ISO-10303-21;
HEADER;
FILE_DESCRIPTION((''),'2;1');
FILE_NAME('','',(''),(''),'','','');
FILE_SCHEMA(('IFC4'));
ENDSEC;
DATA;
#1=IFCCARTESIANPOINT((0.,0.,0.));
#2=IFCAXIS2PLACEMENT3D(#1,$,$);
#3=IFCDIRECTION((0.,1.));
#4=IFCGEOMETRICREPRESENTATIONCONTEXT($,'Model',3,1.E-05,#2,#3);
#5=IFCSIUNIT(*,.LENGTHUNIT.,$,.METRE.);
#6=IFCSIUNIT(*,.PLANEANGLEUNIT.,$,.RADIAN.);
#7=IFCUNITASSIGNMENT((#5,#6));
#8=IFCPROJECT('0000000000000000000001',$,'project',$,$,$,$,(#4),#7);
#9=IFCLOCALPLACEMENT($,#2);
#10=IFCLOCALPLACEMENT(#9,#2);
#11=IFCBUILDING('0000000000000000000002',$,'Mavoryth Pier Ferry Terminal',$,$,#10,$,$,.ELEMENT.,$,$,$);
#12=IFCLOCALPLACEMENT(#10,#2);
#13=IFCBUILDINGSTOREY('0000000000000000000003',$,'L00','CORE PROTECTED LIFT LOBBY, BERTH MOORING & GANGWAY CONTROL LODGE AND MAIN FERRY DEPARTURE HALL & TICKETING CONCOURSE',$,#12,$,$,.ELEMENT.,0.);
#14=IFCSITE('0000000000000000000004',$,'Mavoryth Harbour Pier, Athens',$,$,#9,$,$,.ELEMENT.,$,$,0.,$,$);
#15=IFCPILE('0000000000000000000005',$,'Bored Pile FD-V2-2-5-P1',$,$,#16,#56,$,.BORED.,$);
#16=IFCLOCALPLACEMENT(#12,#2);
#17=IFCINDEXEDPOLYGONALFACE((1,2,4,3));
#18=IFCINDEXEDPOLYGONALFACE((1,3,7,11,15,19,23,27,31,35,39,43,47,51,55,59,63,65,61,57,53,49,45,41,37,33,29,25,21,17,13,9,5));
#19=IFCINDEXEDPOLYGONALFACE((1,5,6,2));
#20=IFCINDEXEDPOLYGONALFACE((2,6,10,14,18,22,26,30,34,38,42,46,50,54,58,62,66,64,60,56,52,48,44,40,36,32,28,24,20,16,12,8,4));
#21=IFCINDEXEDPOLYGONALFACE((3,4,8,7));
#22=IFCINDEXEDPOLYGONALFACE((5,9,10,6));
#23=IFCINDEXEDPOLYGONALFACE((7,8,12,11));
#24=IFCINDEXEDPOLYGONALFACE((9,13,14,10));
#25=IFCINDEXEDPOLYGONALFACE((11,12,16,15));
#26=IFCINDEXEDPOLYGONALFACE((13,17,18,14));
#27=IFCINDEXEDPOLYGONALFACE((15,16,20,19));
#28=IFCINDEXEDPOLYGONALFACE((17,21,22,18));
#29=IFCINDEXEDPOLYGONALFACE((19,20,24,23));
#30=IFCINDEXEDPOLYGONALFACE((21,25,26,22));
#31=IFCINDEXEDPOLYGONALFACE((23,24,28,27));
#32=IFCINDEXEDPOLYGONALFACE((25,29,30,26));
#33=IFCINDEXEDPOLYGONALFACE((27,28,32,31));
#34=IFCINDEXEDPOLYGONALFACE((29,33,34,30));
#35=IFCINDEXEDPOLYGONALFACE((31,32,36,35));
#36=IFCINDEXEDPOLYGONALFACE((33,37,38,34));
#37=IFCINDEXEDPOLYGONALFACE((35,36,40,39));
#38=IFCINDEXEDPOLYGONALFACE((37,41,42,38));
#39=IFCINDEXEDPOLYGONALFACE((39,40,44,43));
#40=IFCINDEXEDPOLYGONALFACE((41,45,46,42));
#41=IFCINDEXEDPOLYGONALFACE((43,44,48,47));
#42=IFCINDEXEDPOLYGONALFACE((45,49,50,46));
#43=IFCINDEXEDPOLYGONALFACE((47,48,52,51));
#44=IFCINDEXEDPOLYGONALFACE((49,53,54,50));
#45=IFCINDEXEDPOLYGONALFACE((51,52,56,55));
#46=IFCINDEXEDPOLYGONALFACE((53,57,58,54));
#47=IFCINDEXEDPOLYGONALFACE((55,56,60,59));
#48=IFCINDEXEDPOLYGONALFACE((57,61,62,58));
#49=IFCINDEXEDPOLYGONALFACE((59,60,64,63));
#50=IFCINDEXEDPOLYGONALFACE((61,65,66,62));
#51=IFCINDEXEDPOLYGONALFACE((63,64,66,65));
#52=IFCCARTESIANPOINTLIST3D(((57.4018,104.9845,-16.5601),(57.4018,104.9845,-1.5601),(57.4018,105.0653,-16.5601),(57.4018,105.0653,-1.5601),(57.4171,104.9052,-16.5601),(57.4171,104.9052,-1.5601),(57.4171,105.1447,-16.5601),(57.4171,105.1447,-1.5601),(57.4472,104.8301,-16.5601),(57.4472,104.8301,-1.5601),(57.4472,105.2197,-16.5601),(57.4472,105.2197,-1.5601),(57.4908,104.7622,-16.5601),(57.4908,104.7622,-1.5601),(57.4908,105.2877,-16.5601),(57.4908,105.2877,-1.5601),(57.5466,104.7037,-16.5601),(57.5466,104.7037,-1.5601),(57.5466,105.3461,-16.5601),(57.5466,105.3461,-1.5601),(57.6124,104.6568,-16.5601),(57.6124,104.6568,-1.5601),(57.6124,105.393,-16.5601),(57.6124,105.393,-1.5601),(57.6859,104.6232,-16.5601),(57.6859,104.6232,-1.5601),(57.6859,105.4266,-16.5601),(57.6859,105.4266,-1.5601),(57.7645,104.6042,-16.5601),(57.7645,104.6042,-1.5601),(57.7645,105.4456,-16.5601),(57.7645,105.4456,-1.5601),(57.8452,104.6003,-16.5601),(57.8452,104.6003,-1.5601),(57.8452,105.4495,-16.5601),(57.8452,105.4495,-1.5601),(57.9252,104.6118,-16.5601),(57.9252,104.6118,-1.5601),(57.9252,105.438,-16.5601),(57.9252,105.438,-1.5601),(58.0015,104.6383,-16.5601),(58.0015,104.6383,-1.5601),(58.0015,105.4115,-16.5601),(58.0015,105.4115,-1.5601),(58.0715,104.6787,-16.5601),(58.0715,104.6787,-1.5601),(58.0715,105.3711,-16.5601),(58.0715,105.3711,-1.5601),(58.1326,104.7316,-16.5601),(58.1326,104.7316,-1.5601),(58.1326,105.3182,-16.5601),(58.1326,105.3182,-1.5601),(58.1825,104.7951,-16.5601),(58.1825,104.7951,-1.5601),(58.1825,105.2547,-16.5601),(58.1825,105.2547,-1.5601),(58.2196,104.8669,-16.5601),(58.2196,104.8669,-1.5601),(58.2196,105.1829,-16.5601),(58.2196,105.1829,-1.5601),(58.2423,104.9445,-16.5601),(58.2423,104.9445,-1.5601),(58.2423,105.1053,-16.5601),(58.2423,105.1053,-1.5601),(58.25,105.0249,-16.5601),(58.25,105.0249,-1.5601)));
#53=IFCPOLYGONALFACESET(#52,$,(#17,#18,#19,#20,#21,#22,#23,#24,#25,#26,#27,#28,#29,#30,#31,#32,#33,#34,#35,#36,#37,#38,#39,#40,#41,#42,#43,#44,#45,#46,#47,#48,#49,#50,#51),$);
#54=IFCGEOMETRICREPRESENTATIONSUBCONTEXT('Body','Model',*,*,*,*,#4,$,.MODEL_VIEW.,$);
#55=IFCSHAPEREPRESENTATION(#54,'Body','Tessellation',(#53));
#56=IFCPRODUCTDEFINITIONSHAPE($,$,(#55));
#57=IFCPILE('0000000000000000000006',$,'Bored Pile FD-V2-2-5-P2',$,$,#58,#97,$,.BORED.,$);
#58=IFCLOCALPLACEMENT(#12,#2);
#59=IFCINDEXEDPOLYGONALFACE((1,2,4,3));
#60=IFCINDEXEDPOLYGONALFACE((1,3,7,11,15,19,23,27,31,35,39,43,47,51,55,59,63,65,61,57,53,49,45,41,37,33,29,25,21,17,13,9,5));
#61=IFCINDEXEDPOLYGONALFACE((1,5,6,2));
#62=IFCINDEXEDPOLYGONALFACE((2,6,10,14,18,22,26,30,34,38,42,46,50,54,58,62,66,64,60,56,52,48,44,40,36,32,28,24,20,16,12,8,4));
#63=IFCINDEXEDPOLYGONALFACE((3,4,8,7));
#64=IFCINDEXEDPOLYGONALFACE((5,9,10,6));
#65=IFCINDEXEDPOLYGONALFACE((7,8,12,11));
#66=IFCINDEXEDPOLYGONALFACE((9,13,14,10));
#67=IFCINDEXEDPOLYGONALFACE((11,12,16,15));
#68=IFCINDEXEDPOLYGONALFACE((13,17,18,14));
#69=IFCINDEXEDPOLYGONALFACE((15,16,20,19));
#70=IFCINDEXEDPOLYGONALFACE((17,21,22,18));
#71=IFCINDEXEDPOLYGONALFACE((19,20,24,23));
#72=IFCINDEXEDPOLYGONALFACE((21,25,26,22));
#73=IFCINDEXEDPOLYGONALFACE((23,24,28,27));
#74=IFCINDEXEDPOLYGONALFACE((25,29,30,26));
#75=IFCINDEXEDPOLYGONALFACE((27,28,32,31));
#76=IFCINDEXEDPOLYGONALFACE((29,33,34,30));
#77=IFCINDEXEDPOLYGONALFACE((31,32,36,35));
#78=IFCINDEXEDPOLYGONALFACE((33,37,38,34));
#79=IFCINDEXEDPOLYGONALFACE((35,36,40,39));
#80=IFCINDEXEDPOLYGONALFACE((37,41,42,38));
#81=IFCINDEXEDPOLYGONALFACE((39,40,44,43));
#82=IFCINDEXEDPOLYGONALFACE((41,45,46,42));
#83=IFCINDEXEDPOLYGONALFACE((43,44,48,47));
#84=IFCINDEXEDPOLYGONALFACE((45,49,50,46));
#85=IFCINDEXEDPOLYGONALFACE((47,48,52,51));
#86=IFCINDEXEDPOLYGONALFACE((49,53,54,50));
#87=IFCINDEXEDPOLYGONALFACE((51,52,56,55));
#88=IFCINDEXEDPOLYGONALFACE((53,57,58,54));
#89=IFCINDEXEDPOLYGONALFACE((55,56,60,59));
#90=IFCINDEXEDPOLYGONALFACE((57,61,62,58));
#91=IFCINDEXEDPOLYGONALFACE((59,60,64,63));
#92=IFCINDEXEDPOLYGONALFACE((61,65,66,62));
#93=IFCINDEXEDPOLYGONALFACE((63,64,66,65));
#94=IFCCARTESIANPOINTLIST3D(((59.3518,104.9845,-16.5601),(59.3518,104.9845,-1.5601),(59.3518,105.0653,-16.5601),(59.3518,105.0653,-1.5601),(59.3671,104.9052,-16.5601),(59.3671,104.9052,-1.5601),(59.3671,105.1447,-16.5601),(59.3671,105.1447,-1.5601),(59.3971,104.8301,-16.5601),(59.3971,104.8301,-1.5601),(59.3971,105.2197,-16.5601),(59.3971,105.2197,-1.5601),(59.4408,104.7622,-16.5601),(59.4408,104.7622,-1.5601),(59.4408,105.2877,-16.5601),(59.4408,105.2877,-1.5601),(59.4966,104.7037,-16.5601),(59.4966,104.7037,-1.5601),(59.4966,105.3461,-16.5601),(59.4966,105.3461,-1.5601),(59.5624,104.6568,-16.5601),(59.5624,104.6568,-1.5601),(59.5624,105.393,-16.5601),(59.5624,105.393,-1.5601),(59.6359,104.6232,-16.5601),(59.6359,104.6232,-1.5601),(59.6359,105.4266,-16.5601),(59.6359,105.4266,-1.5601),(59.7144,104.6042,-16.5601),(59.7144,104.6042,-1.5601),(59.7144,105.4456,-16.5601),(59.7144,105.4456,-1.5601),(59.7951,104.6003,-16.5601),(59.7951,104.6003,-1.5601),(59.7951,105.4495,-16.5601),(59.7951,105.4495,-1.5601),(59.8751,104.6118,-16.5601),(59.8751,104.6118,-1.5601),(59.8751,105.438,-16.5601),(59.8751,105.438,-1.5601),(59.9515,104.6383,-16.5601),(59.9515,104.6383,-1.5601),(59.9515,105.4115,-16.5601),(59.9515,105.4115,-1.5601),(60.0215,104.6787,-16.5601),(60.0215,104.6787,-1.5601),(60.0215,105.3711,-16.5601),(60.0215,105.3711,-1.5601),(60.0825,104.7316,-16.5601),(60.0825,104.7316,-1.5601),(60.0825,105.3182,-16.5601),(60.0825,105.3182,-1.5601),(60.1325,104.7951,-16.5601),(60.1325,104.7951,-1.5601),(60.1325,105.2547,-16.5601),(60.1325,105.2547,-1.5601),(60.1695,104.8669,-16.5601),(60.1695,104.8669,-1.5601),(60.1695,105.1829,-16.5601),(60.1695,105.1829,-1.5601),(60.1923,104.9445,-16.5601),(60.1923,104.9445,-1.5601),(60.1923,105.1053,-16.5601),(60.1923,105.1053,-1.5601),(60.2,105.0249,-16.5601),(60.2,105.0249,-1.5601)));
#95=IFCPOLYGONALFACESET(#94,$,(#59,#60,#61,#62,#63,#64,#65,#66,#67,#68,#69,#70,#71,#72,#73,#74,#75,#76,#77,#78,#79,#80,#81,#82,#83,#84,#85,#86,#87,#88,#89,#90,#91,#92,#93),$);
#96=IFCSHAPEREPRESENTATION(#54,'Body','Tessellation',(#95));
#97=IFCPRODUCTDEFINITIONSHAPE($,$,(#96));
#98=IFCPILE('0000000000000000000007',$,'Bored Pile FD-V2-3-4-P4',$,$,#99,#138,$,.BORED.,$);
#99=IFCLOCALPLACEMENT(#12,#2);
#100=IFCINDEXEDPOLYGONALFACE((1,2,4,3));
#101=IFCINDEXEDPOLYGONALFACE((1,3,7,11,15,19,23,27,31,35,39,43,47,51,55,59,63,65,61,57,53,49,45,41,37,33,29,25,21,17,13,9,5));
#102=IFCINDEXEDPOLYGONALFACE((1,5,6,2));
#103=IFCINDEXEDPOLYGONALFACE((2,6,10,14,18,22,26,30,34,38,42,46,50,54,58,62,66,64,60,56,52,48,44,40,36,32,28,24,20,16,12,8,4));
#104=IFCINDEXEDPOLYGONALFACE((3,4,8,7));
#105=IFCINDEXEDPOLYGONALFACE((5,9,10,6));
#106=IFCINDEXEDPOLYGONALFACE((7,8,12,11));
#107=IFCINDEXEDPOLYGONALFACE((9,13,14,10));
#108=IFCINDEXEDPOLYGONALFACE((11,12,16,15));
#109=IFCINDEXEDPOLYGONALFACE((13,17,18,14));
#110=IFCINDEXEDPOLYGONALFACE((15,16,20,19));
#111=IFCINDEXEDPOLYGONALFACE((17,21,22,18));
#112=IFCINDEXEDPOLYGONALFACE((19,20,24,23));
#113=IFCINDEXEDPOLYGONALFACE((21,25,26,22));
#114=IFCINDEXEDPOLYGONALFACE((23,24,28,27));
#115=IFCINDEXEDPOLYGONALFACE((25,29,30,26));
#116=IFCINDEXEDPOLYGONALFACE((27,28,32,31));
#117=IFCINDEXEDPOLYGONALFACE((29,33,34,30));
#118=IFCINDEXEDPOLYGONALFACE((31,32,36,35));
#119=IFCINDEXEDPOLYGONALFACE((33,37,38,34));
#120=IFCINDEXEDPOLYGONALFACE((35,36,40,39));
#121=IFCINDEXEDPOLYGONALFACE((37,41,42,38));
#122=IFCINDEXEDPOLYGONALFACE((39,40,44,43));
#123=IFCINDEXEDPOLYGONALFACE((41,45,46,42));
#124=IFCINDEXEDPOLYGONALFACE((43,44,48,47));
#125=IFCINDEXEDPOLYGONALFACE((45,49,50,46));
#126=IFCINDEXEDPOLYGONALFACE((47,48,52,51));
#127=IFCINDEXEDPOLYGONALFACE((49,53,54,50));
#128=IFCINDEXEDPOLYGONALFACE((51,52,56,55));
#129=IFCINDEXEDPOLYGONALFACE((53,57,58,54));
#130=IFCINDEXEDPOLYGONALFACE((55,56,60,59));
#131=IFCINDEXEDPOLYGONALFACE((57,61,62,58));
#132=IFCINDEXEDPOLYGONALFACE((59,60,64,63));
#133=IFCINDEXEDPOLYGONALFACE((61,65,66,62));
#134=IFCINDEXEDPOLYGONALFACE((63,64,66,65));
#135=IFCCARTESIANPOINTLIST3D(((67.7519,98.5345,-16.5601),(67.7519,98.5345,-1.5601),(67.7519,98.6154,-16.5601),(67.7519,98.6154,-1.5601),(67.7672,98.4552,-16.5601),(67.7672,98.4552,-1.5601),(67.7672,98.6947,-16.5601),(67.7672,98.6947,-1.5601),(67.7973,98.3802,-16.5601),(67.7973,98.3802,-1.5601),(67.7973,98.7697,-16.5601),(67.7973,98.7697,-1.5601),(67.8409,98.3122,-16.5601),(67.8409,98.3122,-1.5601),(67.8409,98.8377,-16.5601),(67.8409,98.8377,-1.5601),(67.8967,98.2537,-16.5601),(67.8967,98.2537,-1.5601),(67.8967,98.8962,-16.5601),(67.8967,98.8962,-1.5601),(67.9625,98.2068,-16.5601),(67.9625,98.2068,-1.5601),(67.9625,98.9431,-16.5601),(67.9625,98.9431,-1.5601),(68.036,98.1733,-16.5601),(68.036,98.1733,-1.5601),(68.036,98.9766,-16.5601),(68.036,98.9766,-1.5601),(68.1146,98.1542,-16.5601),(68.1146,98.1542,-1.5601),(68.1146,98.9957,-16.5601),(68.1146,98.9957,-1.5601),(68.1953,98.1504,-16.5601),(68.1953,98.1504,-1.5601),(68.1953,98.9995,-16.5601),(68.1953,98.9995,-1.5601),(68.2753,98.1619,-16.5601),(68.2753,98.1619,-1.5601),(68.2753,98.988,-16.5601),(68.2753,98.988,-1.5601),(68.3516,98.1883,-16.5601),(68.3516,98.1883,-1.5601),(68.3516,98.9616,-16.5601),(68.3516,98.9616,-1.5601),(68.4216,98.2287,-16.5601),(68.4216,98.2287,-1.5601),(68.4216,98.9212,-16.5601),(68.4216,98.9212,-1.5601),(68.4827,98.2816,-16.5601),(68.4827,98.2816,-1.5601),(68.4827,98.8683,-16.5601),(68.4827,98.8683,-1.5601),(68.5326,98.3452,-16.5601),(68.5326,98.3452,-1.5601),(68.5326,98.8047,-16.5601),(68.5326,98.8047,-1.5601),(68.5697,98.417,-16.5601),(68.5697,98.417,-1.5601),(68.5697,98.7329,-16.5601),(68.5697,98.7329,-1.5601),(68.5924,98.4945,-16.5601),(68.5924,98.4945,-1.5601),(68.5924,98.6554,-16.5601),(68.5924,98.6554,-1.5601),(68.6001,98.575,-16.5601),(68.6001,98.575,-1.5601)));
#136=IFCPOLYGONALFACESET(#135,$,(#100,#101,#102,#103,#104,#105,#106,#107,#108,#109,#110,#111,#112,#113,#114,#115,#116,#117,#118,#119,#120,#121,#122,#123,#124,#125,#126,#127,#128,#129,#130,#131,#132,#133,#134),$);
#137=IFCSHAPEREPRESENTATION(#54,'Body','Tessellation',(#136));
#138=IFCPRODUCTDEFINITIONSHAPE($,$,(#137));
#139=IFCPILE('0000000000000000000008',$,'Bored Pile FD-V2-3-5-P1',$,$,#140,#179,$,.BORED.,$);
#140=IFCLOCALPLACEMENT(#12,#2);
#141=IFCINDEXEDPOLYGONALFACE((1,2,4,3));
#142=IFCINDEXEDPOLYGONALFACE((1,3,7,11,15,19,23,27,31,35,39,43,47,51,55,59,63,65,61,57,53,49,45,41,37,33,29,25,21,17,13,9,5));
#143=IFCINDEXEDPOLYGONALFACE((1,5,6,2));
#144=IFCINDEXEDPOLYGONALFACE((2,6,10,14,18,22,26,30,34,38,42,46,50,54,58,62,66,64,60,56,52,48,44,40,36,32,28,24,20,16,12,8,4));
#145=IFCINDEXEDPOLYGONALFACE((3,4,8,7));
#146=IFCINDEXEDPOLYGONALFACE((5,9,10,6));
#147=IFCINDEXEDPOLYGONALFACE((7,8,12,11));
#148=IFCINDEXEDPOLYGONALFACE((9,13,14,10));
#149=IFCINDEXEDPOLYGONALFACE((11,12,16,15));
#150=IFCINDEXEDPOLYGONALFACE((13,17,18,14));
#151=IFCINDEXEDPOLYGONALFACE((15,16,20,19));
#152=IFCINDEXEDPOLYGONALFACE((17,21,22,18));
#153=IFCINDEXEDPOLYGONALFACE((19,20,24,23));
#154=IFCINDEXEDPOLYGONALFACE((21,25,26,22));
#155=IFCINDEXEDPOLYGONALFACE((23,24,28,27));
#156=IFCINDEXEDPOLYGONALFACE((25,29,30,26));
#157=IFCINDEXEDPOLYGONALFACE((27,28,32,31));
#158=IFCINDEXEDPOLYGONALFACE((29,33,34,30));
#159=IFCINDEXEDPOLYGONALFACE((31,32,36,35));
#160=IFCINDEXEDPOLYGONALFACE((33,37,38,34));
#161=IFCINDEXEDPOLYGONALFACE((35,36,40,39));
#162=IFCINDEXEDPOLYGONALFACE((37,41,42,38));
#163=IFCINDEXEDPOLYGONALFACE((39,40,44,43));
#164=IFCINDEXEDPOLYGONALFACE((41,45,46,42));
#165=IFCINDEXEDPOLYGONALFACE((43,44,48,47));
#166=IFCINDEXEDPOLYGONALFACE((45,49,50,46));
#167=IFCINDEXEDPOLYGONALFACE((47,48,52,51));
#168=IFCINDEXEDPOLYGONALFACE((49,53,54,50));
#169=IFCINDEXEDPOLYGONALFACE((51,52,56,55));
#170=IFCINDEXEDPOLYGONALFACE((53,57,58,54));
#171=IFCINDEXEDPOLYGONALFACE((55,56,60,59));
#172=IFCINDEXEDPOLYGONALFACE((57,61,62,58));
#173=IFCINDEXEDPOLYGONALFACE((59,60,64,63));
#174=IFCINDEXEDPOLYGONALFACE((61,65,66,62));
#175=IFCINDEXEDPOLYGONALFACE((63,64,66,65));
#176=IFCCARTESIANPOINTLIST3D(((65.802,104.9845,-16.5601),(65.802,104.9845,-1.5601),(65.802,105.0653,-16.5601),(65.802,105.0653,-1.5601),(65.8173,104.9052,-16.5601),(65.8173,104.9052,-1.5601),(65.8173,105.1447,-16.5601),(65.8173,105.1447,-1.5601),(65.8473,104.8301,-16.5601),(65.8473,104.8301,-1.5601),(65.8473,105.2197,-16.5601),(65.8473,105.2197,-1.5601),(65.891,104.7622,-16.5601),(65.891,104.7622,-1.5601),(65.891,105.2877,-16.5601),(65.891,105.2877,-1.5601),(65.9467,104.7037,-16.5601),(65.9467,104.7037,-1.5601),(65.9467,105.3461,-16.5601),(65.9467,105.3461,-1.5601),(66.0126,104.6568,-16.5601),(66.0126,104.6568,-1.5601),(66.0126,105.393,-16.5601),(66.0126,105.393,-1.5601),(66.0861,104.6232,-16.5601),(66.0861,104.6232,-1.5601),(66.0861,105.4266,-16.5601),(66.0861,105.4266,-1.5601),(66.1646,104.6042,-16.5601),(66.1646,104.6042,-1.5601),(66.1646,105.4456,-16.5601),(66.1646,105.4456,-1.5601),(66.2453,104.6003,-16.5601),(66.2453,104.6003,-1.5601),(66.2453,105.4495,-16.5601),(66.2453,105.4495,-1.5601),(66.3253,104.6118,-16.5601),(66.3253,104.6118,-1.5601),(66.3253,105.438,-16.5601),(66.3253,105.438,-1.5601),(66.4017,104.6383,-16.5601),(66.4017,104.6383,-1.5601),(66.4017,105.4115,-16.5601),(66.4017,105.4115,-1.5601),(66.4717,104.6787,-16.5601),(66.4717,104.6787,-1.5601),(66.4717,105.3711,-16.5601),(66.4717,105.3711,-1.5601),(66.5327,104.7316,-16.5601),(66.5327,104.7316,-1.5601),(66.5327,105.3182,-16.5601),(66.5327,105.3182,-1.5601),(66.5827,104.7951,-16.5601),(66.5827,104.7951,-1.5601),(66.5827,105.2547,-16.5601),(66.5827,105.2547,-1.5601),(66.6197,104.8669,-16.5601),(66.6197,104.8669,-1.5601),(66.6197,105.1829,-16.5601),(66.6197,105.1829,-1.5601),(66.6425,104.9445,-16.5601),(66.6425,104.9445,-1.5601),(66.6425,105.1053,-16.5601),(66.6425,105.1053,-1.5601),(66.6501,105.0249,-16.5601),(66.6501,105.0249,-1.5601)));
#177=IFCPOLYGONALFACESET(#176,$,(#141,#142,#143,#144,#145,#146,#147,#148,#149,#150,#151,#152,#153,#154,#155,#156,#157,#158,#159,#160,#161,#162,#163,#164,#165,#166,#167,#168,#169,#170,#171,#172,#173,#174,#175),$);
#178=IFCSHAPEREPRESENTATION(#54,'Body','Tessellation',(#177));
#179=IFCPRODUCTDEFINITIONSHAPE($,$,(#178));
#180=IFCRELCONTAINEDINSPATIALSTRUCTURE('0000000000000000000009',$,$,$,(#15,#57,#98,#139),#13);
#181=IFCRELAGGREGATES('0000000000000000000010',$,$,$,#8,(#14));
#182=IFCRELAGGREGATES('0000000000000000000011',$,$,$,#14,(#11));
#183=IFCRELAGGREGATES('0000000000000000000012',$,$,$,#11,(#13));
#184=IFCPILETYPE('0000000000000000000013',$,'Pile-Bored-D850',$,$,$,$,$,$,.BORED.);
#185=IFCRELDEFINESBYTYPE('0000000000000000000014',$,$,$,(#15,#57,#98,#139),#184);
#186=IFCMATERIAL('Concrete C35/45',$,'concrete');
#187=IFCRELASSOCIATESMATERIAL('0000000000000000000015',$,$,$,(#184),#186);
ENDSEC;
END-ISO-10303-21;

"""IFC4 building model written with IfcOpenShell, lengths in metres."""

from ifc_helpers import new_model, si_unit, direction, frame, origin, origin_2d, place, context, subcontext, project, spatial, circle, extrude, material, material_profile, profile_set, type_object, element, save


model = new_model("IFC4")

# Units and contexts
model_context = context("Model", 3, precision=1e-05, world=origin(), true_north=direction((0.0, 1.0)))
body_context = subcontext(model_context, "Body", "Model", "MODEL_VIEW")
ifc_project = project(units=[si_unit("LENGTHUNIT", "METRE"), si_unit("PLANEANGLEUNIT", "RADIAN")], contexts=[model_context])

# Site, building, storey
site_placement = place(None, origin())
site = spatial("IfcSite", under=ifc_project, at=site_placement, Name="Mavoryth Harbour Pier, Athens", CompositionType="ELEMENT", RefElevation=0.0)
building_placement = place(site_placement, origin())
building = spatial("IfcBuilding", under=site, at=building_placement, Name="Mavoryth Pier Ferry Terminal", CompositionType="ELEMENT")
storey_placement = place(building_placement, origin())
storey = spatial("IfcBuildingStorey", under=building, at=storey_placement, Name="L00", Description="CORE PROTECTED LIFT LOBBY, BERTH MOORING & GANGWAY CONTROL LODGE AND MAIN FERRY DEPARTURE HALL & TICKETING CONCOURSE", CompositionType="ELEMENT", Elevation=0.0)

# Piles
ifc_material_1 = material(Name="Concrete C35/45", Category="concrete")
ifc_material_profile_1 = material_profile(ifc_material_1, circle(Radius=0.425, at=origin_2d()), Name="PILE D850", Category="concrete")
ifc_profile_set_1 = profile_set([ifc_material_profile_1], Name="Concrete C35/45 - PILE D850")
pile_type = type_object("IfcPileType", Name="Pile-Bored-D850", PredefinedType="BORED", material=ifc_profile_set_1)
for number, where, z_axis, x_axis, name in (
    (1, (57.825, 105.0249, -1.5601), (0.0, 0.0, -1.0), (1.0, 0.0, 0.0), "Bored Pile FD-V2-2-5-P1"),
    (2, (59.7749, 105.0249, -1.5601), (0.0, 0.0, -1.0), (1.0, 0.0, 0.0), "Bored Pile FD-V2-2-5-P2"),
    (3, (68.175, 98.575, -1.5601), (0.0, 0.0, -1.0), (1.0, 0.0, 0.0), "Bored Pile FD-V2-3-4-P4"),
    (4, (66.2251, 105.0249, -1.5601), (0.0, 0.0, -1.0), (1.0, 0.0, 0.0), "Bored Pile FD-V2-3-5-P1"),
):
    element("IfcPile", number, at=place(storey_placement, frame(where, z_axis=z_axis, x_axis=x_axis)), inside=storey, type_object=pile_type, Name=name, PredefinedType="BORED", context=body_context, shape_type="SweptSolid", body=[
        extrude(circle(Radius=0.425, at=origin_2d()), origin(), (0.0, 0.0, 1.0), 15.0),
    ])

save(model, "model.ifc")
